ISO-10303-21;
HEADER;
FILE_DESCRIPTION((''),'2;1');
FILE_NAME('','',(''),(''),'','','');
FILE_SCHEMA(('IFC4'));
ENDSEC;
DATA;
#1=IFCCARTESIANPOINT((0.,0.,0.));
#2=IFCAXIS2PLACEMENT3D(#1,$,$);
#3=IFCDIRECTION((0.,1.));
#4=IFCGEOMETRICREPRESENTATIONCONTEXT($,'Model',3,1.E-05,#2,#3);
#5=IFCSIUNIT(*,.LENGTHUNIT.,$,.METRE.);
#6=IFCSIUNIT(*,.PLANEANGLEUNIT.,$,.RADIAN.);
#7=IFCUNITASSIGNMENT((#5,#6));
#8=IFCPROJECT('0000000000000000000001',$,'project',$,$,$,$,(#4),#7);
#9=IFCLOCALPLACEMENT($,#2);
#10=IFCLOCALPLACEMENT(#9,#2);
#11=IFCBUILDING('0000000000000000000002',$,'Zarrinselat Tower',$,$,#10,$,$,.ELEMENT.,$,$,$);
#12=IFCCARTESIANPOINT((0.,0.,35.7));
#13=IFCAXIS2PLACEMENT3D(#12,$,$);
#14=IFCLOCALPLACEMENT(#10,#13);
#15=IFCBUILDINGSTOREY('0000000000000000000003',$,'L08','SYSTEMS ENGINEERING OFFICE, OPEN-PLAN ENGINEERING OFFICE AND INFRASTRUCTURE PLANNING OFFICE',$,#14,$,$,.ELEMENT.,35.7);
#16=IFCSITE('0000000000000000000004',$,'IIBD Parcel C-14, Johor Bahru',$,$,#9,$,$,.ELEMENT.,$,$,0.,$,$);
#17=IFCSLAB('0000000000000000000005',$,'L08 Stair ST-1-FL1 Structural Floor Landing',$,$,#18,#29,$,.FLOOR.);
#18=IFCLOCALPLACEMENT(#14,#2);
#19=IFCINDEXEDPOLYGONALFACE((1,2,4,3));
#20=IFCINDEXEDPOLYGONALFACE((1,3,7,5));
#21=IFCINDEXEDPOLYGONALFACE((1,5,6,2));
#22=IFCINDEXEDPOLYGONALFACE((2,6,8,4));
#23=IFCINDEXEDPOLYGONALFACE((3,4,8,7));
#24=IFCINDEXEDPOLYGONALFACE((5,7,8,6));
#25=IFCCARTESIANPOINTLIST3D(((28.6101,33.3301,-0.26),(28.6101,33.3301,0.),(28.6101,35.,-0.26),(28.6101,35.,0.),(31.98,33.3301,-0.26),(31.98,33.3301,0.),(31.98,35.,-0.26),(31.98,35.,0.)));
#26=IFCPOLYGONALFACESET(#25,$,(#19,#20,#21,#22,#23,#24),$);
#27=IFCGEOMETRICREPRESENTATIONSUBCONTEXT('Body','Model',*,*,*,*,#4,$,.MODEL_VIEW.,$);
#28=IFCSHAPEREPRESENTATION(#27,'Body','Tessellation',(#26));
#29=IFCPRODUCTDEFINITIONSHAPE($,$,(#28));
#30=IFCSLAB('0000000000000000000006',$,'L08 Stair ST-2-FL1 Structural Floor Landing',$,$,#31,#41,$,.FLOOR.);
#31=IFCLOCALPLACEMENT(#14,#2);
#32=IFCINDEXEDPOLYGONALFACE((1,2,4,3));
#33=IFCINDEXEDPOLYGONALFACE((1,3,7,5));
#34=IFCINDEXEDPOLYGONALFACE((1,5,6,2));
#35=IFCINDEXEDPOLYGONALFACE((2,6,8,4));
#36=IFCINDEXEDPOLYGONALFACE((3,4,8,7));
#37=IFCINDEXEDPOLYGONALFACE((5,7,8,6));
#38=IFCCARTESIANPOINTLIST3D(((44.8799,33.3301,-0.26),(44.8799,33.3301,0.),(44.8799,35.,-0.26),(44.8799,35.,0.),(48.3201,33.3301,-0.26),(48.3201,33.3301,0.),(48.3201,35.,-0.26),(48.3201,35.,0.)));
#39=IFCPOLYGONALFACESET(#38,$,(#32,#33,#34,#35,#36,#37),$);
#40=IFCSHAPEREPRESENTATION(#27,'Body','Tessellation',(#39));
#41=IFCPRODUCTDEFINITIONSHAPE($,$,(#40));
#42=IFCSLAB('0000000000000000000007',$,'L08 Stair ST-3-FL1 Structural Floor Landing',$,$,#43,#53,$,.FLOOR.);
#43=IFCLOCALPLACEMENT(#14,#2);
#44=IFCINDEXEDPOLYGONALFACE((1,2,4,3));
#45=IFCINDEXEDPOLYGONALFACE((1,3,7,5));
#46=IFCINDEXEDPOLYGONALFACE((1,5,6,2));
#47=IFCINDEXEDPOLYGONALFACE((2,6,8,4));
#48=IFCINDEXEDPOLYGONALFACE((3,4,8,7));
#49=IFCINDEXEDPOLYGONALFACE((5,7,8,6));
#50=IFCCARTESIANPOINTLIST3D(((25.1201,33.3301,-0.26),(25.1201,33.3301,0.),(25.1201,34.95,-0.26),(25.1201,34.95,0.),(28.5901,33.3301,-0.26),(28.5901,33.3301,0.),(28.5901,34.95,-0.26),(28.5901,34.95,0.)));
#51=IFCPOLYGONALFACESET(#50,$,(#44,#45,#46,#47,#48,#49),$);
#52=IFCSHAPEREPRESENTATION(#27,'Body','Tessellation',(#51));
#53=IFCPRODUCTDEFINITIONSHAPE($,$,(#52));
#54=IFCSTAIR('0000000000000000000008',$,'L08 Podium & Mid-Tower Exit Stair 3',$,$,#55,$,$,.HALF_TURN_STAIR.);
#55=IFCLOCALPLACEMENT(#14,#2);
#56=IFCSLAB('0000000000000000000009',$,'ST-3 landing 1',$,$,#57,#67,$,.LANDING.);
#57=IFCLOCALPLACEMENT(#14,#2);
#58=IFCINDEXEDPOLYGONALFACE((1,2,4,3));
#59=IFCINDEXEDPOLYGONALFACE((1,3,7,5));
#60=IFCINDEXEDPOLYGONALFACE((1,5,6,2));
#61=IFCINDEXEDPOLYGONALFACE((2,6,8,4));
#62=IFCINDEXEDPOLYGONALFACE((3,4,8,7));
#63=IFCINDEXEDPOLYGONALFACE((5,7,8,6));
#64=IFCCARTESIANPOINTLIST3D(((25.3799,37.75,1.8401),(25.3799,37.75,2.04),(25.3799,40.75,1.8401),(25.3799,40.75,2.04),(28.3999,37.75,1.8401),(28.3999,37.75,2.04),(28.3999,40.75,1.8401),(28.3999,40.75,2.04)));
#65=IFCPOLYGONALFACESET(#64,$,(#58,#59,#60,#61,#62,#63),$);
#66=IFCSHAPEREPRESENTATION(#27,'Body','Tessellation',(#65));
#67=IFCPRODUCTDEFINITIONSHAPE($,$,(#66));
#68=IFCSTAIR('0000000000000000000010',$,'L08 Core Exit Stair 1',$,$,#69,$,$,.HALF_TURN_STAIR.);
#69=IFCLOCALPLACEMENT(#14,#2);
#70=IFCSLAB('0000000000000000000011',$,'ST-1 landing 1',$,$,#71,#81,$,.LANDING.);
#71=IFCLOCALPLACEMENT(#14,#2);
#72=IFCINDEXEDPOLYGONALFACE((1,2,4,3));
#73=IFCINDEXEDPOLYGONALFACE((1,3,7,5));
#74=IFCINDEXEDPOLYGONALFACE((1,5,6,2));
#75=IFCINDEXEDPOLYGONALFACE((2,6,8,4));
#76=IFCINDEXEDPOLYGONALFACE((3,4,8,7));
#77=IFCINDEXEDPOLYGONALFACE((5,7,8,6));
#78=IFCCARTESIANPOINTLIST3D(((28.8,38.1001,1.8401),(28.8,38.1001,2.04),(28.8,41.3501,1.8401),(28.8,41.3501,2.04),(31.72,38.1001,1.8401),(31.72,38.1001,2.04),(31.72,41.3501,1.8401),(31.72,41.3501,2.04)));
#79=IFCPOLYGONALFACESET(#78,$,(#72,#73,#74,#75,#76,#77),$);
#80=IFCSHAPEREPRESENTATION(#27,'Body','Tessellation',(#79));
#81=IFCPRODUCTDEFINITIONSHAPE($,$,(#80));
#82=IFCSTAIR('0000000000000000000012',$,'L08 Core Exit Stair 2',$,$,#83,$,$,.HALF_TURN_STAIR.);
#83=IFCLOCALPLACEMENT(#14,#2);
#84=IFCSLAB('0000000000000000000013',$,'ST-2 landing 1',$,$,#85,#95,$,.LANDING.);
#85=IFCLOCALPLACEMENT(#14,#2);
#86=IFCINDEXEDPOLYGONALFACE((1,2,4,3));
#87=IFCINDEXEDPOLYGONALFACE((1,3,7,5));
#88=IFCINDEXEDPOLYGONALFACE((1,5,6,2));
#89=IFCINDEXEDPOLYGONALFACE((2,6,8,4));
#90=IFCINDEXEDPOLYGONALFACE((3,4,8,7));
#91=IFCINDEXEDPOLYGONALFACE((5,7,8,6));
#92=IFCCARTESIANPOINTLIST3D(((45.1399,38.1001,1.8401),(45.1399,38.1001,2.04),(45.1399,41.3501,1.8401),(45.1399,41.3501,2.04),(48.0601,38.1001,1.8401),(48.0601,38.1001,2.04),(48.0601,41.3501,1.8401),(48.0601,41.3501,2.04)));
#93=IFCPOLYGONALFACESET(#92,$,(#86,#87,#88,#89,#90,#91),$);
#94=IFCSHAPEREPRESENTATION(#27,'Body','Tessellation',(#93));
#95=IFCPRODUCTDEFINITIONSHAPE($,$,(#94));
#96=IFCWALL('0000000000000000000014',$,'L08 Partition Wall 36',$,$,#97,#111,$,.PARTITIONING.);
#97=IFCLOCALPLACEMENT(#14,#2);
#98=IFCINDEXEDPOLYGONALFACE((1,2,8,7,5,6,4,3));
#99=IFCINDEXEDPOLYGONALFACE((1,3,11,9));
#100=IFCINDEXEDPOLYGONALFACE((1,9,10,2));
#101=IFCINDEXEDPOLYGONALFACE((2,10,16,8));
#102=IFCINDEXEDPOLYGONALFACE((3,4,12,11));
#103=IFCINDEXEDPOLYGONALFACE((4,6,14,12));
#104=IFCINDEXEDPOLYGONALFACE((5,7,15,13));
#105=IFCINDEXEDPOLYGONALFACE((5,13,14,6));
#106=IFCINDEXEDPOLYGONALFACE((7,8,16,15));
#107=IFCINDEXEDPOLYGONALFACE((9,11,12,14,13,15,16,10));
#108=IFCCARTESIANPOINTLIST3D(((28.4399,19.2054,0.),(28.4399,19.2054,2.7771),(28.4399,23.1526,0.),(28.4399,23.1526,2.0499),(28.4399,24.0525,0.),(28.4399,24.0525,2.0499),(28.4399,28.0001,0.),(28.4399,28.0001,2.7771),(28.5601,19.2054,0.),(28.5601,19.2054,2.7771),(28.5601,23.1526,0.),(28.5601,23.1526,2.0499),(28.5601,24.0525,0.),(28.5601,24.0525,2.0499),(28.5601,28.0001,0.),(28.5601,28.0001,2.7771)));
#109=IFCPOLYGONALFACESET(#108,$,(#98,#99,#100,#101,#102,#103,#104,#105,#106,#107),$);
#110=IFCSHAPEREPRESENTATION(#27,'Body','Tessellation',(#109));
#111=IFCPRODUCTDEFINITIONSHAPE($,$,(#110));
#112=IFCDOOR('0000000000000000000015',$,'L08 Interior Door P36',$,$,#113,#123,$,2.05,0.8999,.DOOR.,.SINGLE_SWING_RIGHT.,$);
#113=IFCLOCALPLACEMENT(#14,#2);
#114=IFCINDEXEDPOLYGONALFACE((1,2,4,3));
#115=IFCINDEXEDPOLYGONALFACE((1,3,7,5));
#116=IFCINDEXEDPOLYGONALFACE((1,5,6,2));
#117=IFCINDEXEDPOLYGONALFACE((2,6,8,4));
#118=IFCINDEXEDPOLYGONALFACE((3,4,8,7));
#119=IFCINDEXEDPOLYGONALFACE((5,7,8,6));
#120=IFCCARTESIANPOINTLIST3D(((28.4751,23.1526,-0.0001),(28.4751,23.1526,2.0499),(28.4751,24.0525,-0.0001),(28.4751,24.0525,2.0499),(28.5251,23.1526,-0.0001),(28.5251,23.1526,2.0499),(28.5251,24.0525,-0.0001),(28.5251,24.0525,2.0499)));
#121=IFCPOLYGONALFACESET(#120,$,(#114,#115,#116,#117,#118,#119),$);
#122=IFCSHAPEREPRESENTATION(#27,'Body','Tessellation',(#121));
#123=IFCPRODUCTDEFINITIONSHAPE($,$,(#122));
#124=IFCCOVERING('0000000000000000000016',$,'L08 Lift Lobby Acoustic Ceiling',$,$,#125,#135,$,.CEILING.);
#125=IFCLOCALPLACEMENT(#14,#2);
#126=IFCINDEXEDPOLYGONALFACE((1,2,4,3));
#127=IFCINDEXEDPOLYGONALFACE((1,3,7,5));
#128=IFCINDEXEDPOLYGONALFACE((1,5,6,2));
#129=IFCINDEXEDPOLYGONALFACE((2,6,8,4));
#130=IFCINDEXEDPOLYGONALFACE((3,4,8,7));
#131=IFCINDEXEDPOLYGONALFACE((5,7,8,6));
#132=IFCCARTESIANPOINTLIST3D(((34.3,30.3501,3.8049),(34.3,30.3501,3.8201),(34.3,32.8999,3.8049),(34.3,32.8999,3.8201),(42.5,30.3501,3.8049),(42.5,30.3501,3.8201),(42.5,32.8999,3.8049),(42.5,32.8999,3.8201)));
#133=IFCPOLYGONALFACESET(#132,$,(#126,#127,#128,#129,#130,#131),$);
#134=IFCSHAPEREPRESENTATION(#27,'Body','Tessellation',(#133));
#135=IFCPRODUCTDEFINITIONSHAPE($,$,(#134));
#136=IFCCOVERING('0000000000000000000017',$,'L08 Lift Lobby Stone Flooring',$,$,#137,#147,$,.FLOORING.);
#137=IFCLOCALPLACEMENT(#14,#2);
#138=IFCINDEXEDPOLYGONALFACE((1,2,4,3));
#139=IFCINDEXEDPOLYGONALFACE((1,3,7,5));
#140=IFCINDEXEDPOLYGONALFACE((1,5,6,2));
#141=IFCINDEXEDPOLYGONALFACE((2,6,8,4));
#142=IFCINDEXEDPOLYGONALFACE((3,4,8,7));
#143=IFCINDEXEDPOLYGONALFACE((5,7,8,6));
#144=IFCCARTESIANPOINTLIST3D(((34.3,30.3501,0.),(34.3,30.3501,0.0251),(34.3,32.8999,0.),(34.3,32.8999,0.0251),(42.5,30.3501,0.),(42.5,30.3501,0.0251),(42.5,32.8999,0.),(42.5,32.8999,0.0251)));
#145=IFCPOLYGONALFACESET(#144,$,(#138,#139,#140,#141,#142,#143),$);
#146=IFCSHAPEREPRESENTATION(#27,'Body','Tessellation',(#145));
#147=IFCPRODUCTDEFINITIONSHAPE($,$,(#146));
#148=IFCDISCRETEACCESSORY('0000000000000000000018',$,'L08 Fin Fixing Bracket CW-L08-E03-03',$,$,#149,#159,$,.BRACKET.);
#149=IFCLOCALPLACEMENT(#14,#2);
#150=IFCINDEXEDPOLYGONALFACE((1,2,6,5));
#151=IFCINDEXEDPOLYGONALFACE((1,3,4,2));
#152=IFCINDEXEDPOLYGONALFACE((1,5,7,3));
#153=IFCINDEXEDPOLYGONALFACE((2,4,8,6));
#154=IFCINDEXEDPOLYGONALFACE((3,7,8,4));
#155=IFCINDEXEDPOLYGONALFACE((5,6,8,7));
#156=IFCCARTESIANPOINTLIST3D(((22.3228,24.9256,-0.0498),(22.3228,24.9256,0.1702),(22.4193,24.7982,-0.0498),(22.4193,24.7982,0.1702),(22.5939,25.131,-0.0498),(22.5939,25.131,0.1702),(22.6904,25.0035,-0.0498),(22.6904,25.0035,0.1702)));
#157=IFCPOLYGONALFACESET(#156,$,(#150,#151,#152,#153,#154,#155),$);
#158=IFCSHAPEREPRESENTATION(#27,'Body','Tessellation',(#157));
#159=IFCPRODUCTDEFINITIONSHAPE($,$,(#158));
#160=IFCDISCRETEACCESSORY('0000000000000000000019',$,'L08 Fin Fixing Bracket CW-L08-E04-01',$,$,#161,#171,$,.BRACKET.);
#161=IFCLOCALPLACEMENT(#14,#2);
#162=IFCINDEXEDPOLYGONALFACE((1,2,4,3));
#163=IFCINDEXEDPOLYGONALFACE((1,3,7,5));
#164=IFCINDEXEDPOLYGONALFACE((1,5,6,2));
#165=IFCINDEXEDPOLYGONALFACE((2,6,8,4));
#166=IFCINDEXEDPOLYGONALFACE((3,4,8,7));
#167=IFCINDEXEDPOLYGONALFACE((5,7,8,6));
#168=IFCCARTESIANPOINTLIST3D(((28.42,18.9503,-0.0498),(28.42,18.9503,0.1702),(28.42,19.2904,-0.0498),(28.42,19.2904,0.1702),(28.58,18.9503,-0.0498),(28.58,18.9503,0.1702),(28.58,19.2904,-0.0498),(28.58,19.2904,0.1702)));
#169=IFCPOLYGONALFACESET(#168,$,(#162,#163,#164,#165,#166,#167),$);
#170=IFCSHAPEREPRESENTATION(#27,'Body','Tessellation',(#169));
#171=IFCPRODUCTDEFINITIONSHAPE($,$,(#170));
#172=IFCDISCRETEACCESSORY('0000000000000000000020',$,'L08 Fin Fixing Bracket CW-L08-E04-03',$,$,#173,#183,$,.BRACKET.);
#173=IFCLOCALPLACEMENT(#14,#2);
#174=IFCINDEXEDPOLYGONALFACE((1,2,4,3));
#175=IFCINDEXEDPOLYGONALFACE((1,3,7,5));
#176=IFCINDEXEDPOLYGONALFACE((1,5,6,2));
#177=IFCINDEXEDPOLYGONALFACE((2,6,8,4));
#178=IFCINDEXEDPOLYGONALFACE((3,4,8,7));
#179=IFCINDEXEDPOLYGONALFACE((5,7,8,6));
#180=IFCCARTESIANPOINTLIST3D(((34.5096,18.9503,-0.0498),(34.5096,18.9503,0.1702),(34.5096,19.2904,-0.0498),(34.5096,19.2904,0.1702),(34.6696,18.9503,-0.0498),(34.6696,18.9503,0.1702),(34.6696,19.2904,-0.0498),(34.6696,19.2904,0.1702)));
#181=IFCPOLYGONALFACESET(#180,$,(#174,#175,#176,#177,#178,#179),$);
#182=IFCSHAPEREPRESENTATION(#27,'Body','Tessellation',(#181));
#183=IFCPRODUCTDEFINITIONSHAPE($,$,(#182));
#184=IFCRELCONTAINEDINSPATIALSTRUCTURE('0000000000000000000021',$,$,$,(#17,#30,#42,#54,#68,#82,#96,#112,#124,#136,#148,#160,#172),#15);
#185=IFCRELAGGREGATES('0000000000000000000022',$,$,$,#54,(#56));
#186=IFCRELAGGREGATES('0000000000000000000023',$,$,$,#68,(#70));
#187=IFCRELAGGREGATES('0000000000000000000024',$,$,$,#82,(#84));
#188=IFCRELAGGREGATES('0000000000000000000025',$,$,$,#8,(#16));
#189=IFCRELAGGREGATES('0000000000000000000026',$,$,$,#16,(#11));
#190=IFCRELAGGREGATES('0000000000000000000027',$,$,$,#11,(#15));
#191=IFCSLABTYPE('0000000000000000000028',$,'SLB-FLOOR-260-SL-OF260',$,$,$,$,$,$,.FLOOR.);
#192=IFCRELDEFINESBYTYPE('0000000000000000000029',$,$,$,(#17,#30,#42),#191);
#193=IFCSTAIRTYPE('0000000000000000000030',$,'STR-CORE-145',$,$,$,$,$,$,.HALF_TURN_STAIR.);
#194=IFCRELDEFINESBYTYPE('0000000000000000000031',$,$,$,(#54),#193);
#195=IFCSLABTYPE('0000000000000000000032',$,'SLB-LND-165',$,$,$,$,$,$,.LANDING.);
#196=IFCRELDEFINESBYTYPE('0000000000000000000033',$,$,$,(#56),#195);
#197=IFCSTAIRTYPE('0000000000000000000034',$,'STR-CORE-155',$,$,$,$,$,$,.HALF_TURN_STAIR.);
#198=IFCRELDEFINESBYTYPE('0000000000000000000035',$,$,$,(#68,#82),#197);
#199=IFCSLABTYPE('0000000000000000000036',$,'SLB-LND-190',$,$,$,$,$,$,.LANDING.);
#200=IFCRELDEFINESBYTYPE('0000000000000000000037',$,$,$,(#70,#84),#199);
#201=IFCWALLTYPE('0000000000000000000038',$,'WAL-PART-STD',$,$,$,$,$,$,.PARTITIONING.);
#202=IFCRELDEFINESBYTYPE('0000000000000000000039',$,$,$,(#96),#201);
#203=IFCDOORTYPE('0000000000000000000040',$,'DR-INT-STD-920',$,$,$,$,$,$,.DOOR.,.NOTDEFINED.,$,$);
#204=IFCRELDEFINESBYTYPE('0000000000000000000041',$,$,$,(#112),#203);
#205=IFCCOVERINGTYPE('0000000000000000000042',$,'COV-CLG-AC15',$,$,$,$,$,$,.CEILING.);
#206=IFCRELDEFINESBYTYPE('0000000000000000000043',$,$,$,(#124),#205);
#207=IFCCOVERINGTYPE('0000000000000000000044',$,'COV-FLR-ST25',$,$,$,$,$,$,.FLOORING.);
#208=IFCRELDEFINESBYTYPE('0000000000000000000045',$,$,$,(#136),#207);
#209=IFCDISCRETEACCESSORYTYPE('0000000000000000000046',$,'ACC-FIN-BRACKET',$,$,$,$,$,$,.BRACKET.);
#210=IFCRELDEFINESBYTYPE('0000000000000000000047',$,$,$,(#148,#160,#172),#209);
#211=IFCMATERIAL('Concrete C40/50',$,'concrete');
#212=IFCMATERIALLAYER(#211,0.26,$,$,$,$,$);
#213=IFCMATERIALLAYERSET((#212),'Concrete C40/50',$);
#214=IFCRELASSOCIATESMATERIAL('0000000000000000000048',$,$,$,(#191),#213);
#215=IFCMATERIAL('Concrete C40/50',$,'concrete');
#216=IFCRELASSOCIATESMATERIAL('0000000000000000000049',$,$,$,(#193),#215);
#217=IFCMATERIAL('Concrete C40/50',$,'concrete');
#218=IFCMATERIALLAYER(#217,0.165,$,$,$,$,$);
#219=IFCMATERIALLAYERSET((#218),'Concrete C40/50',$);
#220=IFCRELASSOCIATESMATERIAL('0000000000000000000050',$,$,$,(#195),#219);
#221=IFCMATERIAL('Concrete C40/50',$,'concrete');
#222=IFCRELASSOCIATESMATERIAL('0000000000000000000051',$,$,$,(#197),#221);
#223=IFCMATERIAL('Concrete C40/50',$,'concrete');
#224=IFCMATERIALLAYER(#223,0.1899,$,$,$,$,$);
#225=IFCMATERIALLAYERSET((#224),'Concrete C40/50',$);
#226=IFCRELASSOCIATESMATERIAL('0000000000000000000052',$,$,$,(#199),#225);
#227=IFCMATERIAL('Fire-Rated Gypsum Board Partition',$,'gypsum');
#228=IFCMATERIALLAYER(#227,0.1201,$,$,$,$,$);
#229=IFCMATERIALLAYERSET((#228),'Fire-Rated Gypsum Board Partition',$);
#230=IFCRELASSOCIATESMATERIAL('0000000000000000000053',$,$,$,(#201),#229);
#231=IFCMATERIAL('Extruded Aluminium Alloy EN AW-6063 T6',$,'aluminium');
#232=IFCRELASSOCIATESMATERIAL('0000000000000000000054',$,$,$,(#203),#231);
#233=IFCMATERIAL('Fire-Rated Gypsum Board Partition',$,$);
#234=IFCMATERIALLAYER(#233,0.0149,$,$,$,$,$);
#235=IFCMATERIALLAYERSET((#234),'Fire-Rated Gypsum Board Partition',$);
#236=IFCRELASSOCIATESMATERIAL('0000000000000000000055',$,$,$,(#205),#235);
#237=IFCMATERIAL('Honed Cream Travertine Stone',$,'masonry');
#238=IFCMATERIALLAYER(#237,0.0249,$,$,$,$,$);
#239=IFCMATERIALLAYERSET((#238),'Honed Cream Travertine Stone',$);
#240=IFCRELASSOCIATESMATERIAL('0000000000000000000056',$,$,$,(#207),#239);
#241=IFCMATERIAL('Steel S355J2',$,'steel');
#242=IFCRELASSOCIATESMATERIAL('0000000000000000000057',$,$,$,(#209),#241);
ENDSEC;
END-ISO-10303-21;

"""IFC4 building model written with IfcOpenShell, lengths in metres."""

from ifc_helpers import new_model, si_unit, direction, frame, frame_2d, origin, origin_2d, place, context, subcontext, project, spatial, polyline, rectangle, outline, extrude, material, layer, layer_set, type_object, element, fill, aggregate, save


model = new_model("IFC4")

# Units and contexts
model_context = context("Model", 3, precision=1e-05, world=origin(), true_north=direction((0.0, 1.0)))
body_context = subcontext(model_context, "Body", "Model", "MODEL_VIEW")
ifc_project = project(units=[si_unit("LENGTHUNIT", "METRE"), si_unit("PLANEANGLEUNIT", "RADIAN")], contexts=[model_context])

# Site, building, storey
site_placement = place(None, origin())
site = spatial("IfcSite", under=ifc_project, at=site_placement, Name="IIBD Parcel C-14, Johor Bahru", CompositionType="ELEMENT", RefElevation=0.0)
building_placement = place(site_placement, origin())
building = spatial("IfcBuilding", under=site, at=building_placement, Name="Zarrinselat Tower", CompositionType="ELEMENT")
storey_placement = place(building_placement, frame((0.0, 0.0, 35.7)))
storey = spatial("IfcBuildingStorey", under=building, at=storey_placement, Name="L08", Description="SYSTEMS ENGINEERING OFFICE, OPEN-PLAN ENGINEERING OFFICE AND INFRASTRUCTURE PLANNING OFFICE", CompositionType="ELEMENT", Elevation=35.7)

# Slabs
ifc_material_1 = material(Name="Concrete C40/50", Category="concrete")
ifc_layer_1 = layer(ifc_material_1, 0.26)
ifc_layer_set_1 = layer_set([ifc_layer_1], Name="Concrete C40/50")
slab_type_1 = type_object("IfcSlabType", Name="SLB-FLOOR-260-SL-OF260", PredefinedType="FLOOR", material=ifc_layer_set_1)
slab_1_placement = place(storey_placement, frame((0.0, 0.0, -0.26)))
element("IfcSlab", 1, at=slab_1_placement, inside=storey, type_object=slab_type_1, Name="L08 Stair ST-1-FL1 Structural Floor Landing", PredefinedType="FLOOR", context=body_context, shape_type="SweptSolid", body=[
    extrude(outline(polyline([(31.98, 33.3301), (31.98, 35.0), (28.6101, 35.0), (28.6101, 33.3301), (31.98, 33.3301)])), origin(), (0.0, 0.0, 1.0), 0.26),
])
slab_2_placement = place(storey_placement, frame((0.0, 0.0, -0.26)))
element("IfcSlab", 2, at=slab_2_placement, inside=storey, type_object=slab_type_1, Name="L08 Stair ST-2-FL1 Structural Floor Landing", PredefinedType="FLOOR", context=body_context, shape_type="SweptSolid", body=[
    extrude(outline(polyline([(48.3201, 33.3301), (48.3201, 35.0), (44.8799, 35.0), (44.8799, 33.3301), (48.3201, 33.3301)])), origin(), (0.0, 0.0, 1.0), 0.26),
])
slab_3_placement = place(storey_placement, frame((0.0, 0.0, -0.26)))
element("IfcSlab", 3, at=slab_3_placement, inside=storey, type_object=slab_type_1, Name="L08 Stair ST-3-FL1 Structural Floor Landing", PredefinedType="FLOOR", context=body_context, shape_type="SweptSolid", body=[
    extrude(outline(polyline([(28.5901, 33.3301), (28.5901, 34.95), (25.1201, 34.95), (25.1201, 33.3301), (28.5901, 33.3301)])), origin(), (0.0, 0.0, 1.0), 0.26),
])

# Stairs, slabs
ifc_material_2 = material(Name="Concrete C40/50", Category="concrete")
stair_type_1 = type_object("IfcStairType", Name="STR-CORE-145", PredefinedType="HALF_TURN_STAIR", material=ifc_material_2)
stair_1_placement = place(storey_placement, origin())
stair_1 = element("IfcStair", 4, at=stair_1_placement, inside=storey, type_object=stair_type_1, Name="L08 Podium & Mid-Tower Exit Stair 3", PredefinedType="HALF_TURN_STAIR")
ifc_material_3 = material(Name="Concrete C40/50", Category="concrete")
ifc_layer_2 = layer(ifc_material_3, 0.165)
ifc_layer_set_2 = layer_set([ifc_layer_2], Name="Concrete C40/50")
slab_type_2 = type_object("IfcSlabType", Name="SLB-LND-165", PredefinedType="LANDING", material=ifc_layer_set_2)
slab_4_placement = place(storey_placement, frame((0.0, 0.0, 1.8401)))
slab_4 = element("IfcSlab", 5, at=slab_4_placement, type_object=slab_type_2, Name="ST-3 landing 1", PredefinedType="LANDING", context=body_context, shape_type="SweptSolid", body=[
    extrude(outline(polyline([(28.3999, 37.75), (28.3999, 40.75), (25.3799, 40.75), (25.3799, 37.75), (28.3999, 37.75)])), origin(), (0.0, 0.0, 1.0), 0.2),
])
aggregate(stair_1, [slab_4])
ifc_material_4 = material(Name="Concrete C40/50", Category="concrete")
stair_type_2 = type_object("IfcStairType", Name="STR-CORE-155", PredefinedType="HALF_TURN_STAIR", material=ifc_material_4)
stair_2_placement = place(storey_placement, origin())
stair_2 = element("IfcStair", 6, at=stair_2_placement, inside=storey, type_object=stair_type_2, Name="L08 Core Exit Stair 1", PredefinedType="HALF_TURN_STAIR")
ifc_material_5 = material(Name="Concrete C40/50", Category="concrete")
ifc_layer_3 = layer(ifc_material_5, 0.1899)
ifc_layer_set_3 = layer_set([ifc_layer_3], Name="Concrete C40/50")
slab_type_3 = type_object("IfcSlabType", Name="SLB-LND-190", PredefinedType="LANDING", material=ifc_layer_set_3)
slab_5_placement = place(storey_placement, frame((0.0, 0.0, 1.8401)))
slab_5 = element("IfcSlab", 7, at=slab_5_placement, type_object=slab_type_3, Name="ST-1 landing 1", PredefinedType="LANDING", context=body_context, shape_type="SweptSolid", body=[
    extrude(outline(polyline([(31.72, 38.1001), (31.72, 41.3501), (28.8, 41.3501), (28.8, 38.1001), (31.72, 38.1001)])), origin(), (0.0, 0.0, 1.0), 0.2),
])
aggregate(stair_2, [slab_5])
stair_3_placement = place(storey_placement, origin())
stair_3 = element("IfcStair", 8, at=stair_3_placement, inside=storey, type_object=stair_type_2, Name="L08 Core Exit Stair 2", PredefinedType="HALF_TURN_STAIR")
slab_6_placement = place(storey_placement, frame((0.0, 0.0, 1.8401)))
slab_6 = element("IfcSlab", 9, at=slab_6_placement, type_object=slab_type_3, Name="ST-2 landing 1", PredefinedType="LANDING", context=body_context, shape_type="SweptSolid", body=[
    extrude(outline(polyline([(48.0601, 38.1001), (48.0601, 41.3501), (45.1399, 41.3501), (45.1399, 38.1001), (48.0601, 38.1001)])), origin(), (0.0, 0.0, 1.0), 0.2),
])
aggregate(stair_3, [slab_6])

# Wall, opening, door
ifc_material_6 = material(Name="Fire-Rated Gypsum Board Partition", Category="gypsum")
ifc_layer_4 = layer(ifc_material_6, 0.1201)
ifc_layer_set_4 = layer_set([ifc_layer_4], Name="Fire-Rated Gypsum Board Partition")
wall_type = type_object("IfcWallType", Name="WAL-PART-STD", PredefinedType="PARTITIONING", material=ifc_layer_set_4)
wall_placement = place(storey_placement, frame((28.5, 19.2053, 0.0), z_axis=(0.0, 0.0, 1.0), x_axis=(0.0, 1.0, 0.0)))
wall = element("IfcWall", 10, at=wall_placement, inside=storey, type_object=wall_type, Name="L08 Partition Wall 36", PredefinedType="PARTITIONING", context=body_context, shape_type="SweptSolid", body=[
    extrude(rectangle(XDim=8.7947, YDim=0.1201, at=frame_2d((4.3975, 0.0))), origin(), (0.0, 0.0, 1.0), 2.7771),
])
opening_placement = place(wall_placement, frame((3.9473, 0.0, 0.0)))
opening = element("IfcOpeningElement", 11, at=opening_placement, cuts=wall, PredefinedType="OPENING", context=body_context, shape_type="SweptSolid", body=[
    extrude(rectangle(XDim=0.8999, YDim=2.05, at=frame_2d((0.45, 1.0249))), frame((0.0, 0.0701, 0.0), z_axis=(0.0, -1.0, 0.0), x_axis=(1.0, 0.0, 0.0)), (0.0, 0.0, 1.0), 0.1401),
])
ifc_material_7 = material(Name="Extruded Aluminium Alloy EN AW-6063 T6", Category="aluminium")
door_type = type_object("IfcDoorType", Name="DR-INT-STD-920", OperationType="NOTDEFINED", PredefinedType="DOOR", material=ifc_material_7)
door_placement = place(opening_placement, origin())
door = element("IfcDoor", 12, at=door_placement, inside=storey, type_object=door_type, Name="L08 Interior Door P36", OperationType="SINGLE_SWING_RIGHT", OverallHeight=2.05, OverallWidth=0.8999, PredefinedType="DOOR", context=body_context, shape_type="SweptSolid", body=[
    extrude(rectangle(XDim=0.8999, YDim=2.05, at=frame_2d((0.45, 1.0249))), frame((0.0, 0.0249, 0.0), z_axis=(0.0, -1.0, 0.0), x_axis=(1.0, 0.0, 0.0)), (0.0, 0.0, 1.0), 0.05),
])
fill(opening, door)

# Coverings
ifc_material_8 = material(Name="Fire-Rated Gypsum Board Partition")
ifc_layer_5 = layer(ifc_material_8, 0.0149)
ifc_layer_set_5 = layer_set([ifc_layer_5], Name="Fire-Rated Gypsum Board Partition")
covering_type_1 = type_object("IfcCoveringType", Name="COV-CLG-AC15", PredefinedType="CEILING", material=ifc_layer_set_5)
covering_1_placement = place(storey_placement, frame((0.0, 0.0, 3.8049)))
element("IfcCovering", 13, at=covering_1_placement, inside=storey, type_object=covering_type_1, Name="L08 Lift Lobby Acoustic Ceiling", PredefinedType="CEILING", context=body_context, shape_type="SweptSolid", body=[
    extrude(outline(polyline([(34.3, 30.3501), (42.5, 30.3501), (42.5, 32.8999), (34.3, 32.8999), (34.3, 30.3501)])), origin(), (0.0, 0.0, 1.0), 0.0151),
])
ifc_material_9 = material(Name="Honed Cream Travertine Stone", Category="masonry")
ifc_layer_6 = layer(ifc_material_9, 0.0249)
ifc_layer_set_6 = layer_set([ifc_layer_6], Name="Honed Cream Travertine Stone")
covering_type_2 = type_object("IfcCoveringType", Name="COV-FLR-ST25", PredefinedType="FLOORING", material=ifc_layer_set_6)
covering_2_placement = place(storey_placement, origin())
element("IfcCovering", 14, at=covering_2_placement, inside=storey, type_object=covering_type_2, Name="L08 Lift Lobby Stone Flooring", PredefinedType="FLOORING", context=body_context, shape_type="SweptSolid", body=[
    extrude(outline(polyline([(34.3, 30.3501), (42.5, 30.3501), (42.5, 32.8999), (34.3, 32.8999), (34.3, 30.3501)])), origin(), (0.0, 0.0, 1.0), 0.0251),
])

# Discrete accessories
ifc_material_10 = material(Name="Steel S355J2", Category="steel")
discrete_accessory_type = type_object("IfcDiscreteAccessoryType", Name="ACC-FIN-BRACKET", PredefinedType="BRACKET", material=ifc_material_10)
for number, where, z_axis, x_axis, name in (
    (15, (22.5066, 24.9646, -0.0498), (0.0, 0.0, 1.0), (-0.797092, -0.603858, 0.0), "L08 Fin Fixing Bracket CW-L08-E03-03"),
    (16, (28.5, 19.1204, -0.0498), (0.0, 0.0, 1.0), (0.0, -1.0, 0.0), "L08 Fin Fixing Bracket CW-L08-E04-01"),
    (17, (34.5896, 19.1204, -0.0498), (0.0, 0.0, 1.0), (0.0, -1.0, 0.0), "L08 Fin Fixing Bracket CW-L08-E04-03"),
):
    element("IfcDiscreteAccessory", number, at=place(storey_placement, frame(where, z_axis=z_axis, x_axis=x_axis)), inside=storey, type_object=discrete_accessory_type, Name=name, PredefinedType="BRACKET", context=body_context, shape_type="SweptSolid", body=[
        extrude(rectangle(XDim=0.3401, YDim=0.1599, at=origin_2d()), origin(), (0.0, 0.0, 1.0), 0.22),
    ])

save(model, "model.ifc")
